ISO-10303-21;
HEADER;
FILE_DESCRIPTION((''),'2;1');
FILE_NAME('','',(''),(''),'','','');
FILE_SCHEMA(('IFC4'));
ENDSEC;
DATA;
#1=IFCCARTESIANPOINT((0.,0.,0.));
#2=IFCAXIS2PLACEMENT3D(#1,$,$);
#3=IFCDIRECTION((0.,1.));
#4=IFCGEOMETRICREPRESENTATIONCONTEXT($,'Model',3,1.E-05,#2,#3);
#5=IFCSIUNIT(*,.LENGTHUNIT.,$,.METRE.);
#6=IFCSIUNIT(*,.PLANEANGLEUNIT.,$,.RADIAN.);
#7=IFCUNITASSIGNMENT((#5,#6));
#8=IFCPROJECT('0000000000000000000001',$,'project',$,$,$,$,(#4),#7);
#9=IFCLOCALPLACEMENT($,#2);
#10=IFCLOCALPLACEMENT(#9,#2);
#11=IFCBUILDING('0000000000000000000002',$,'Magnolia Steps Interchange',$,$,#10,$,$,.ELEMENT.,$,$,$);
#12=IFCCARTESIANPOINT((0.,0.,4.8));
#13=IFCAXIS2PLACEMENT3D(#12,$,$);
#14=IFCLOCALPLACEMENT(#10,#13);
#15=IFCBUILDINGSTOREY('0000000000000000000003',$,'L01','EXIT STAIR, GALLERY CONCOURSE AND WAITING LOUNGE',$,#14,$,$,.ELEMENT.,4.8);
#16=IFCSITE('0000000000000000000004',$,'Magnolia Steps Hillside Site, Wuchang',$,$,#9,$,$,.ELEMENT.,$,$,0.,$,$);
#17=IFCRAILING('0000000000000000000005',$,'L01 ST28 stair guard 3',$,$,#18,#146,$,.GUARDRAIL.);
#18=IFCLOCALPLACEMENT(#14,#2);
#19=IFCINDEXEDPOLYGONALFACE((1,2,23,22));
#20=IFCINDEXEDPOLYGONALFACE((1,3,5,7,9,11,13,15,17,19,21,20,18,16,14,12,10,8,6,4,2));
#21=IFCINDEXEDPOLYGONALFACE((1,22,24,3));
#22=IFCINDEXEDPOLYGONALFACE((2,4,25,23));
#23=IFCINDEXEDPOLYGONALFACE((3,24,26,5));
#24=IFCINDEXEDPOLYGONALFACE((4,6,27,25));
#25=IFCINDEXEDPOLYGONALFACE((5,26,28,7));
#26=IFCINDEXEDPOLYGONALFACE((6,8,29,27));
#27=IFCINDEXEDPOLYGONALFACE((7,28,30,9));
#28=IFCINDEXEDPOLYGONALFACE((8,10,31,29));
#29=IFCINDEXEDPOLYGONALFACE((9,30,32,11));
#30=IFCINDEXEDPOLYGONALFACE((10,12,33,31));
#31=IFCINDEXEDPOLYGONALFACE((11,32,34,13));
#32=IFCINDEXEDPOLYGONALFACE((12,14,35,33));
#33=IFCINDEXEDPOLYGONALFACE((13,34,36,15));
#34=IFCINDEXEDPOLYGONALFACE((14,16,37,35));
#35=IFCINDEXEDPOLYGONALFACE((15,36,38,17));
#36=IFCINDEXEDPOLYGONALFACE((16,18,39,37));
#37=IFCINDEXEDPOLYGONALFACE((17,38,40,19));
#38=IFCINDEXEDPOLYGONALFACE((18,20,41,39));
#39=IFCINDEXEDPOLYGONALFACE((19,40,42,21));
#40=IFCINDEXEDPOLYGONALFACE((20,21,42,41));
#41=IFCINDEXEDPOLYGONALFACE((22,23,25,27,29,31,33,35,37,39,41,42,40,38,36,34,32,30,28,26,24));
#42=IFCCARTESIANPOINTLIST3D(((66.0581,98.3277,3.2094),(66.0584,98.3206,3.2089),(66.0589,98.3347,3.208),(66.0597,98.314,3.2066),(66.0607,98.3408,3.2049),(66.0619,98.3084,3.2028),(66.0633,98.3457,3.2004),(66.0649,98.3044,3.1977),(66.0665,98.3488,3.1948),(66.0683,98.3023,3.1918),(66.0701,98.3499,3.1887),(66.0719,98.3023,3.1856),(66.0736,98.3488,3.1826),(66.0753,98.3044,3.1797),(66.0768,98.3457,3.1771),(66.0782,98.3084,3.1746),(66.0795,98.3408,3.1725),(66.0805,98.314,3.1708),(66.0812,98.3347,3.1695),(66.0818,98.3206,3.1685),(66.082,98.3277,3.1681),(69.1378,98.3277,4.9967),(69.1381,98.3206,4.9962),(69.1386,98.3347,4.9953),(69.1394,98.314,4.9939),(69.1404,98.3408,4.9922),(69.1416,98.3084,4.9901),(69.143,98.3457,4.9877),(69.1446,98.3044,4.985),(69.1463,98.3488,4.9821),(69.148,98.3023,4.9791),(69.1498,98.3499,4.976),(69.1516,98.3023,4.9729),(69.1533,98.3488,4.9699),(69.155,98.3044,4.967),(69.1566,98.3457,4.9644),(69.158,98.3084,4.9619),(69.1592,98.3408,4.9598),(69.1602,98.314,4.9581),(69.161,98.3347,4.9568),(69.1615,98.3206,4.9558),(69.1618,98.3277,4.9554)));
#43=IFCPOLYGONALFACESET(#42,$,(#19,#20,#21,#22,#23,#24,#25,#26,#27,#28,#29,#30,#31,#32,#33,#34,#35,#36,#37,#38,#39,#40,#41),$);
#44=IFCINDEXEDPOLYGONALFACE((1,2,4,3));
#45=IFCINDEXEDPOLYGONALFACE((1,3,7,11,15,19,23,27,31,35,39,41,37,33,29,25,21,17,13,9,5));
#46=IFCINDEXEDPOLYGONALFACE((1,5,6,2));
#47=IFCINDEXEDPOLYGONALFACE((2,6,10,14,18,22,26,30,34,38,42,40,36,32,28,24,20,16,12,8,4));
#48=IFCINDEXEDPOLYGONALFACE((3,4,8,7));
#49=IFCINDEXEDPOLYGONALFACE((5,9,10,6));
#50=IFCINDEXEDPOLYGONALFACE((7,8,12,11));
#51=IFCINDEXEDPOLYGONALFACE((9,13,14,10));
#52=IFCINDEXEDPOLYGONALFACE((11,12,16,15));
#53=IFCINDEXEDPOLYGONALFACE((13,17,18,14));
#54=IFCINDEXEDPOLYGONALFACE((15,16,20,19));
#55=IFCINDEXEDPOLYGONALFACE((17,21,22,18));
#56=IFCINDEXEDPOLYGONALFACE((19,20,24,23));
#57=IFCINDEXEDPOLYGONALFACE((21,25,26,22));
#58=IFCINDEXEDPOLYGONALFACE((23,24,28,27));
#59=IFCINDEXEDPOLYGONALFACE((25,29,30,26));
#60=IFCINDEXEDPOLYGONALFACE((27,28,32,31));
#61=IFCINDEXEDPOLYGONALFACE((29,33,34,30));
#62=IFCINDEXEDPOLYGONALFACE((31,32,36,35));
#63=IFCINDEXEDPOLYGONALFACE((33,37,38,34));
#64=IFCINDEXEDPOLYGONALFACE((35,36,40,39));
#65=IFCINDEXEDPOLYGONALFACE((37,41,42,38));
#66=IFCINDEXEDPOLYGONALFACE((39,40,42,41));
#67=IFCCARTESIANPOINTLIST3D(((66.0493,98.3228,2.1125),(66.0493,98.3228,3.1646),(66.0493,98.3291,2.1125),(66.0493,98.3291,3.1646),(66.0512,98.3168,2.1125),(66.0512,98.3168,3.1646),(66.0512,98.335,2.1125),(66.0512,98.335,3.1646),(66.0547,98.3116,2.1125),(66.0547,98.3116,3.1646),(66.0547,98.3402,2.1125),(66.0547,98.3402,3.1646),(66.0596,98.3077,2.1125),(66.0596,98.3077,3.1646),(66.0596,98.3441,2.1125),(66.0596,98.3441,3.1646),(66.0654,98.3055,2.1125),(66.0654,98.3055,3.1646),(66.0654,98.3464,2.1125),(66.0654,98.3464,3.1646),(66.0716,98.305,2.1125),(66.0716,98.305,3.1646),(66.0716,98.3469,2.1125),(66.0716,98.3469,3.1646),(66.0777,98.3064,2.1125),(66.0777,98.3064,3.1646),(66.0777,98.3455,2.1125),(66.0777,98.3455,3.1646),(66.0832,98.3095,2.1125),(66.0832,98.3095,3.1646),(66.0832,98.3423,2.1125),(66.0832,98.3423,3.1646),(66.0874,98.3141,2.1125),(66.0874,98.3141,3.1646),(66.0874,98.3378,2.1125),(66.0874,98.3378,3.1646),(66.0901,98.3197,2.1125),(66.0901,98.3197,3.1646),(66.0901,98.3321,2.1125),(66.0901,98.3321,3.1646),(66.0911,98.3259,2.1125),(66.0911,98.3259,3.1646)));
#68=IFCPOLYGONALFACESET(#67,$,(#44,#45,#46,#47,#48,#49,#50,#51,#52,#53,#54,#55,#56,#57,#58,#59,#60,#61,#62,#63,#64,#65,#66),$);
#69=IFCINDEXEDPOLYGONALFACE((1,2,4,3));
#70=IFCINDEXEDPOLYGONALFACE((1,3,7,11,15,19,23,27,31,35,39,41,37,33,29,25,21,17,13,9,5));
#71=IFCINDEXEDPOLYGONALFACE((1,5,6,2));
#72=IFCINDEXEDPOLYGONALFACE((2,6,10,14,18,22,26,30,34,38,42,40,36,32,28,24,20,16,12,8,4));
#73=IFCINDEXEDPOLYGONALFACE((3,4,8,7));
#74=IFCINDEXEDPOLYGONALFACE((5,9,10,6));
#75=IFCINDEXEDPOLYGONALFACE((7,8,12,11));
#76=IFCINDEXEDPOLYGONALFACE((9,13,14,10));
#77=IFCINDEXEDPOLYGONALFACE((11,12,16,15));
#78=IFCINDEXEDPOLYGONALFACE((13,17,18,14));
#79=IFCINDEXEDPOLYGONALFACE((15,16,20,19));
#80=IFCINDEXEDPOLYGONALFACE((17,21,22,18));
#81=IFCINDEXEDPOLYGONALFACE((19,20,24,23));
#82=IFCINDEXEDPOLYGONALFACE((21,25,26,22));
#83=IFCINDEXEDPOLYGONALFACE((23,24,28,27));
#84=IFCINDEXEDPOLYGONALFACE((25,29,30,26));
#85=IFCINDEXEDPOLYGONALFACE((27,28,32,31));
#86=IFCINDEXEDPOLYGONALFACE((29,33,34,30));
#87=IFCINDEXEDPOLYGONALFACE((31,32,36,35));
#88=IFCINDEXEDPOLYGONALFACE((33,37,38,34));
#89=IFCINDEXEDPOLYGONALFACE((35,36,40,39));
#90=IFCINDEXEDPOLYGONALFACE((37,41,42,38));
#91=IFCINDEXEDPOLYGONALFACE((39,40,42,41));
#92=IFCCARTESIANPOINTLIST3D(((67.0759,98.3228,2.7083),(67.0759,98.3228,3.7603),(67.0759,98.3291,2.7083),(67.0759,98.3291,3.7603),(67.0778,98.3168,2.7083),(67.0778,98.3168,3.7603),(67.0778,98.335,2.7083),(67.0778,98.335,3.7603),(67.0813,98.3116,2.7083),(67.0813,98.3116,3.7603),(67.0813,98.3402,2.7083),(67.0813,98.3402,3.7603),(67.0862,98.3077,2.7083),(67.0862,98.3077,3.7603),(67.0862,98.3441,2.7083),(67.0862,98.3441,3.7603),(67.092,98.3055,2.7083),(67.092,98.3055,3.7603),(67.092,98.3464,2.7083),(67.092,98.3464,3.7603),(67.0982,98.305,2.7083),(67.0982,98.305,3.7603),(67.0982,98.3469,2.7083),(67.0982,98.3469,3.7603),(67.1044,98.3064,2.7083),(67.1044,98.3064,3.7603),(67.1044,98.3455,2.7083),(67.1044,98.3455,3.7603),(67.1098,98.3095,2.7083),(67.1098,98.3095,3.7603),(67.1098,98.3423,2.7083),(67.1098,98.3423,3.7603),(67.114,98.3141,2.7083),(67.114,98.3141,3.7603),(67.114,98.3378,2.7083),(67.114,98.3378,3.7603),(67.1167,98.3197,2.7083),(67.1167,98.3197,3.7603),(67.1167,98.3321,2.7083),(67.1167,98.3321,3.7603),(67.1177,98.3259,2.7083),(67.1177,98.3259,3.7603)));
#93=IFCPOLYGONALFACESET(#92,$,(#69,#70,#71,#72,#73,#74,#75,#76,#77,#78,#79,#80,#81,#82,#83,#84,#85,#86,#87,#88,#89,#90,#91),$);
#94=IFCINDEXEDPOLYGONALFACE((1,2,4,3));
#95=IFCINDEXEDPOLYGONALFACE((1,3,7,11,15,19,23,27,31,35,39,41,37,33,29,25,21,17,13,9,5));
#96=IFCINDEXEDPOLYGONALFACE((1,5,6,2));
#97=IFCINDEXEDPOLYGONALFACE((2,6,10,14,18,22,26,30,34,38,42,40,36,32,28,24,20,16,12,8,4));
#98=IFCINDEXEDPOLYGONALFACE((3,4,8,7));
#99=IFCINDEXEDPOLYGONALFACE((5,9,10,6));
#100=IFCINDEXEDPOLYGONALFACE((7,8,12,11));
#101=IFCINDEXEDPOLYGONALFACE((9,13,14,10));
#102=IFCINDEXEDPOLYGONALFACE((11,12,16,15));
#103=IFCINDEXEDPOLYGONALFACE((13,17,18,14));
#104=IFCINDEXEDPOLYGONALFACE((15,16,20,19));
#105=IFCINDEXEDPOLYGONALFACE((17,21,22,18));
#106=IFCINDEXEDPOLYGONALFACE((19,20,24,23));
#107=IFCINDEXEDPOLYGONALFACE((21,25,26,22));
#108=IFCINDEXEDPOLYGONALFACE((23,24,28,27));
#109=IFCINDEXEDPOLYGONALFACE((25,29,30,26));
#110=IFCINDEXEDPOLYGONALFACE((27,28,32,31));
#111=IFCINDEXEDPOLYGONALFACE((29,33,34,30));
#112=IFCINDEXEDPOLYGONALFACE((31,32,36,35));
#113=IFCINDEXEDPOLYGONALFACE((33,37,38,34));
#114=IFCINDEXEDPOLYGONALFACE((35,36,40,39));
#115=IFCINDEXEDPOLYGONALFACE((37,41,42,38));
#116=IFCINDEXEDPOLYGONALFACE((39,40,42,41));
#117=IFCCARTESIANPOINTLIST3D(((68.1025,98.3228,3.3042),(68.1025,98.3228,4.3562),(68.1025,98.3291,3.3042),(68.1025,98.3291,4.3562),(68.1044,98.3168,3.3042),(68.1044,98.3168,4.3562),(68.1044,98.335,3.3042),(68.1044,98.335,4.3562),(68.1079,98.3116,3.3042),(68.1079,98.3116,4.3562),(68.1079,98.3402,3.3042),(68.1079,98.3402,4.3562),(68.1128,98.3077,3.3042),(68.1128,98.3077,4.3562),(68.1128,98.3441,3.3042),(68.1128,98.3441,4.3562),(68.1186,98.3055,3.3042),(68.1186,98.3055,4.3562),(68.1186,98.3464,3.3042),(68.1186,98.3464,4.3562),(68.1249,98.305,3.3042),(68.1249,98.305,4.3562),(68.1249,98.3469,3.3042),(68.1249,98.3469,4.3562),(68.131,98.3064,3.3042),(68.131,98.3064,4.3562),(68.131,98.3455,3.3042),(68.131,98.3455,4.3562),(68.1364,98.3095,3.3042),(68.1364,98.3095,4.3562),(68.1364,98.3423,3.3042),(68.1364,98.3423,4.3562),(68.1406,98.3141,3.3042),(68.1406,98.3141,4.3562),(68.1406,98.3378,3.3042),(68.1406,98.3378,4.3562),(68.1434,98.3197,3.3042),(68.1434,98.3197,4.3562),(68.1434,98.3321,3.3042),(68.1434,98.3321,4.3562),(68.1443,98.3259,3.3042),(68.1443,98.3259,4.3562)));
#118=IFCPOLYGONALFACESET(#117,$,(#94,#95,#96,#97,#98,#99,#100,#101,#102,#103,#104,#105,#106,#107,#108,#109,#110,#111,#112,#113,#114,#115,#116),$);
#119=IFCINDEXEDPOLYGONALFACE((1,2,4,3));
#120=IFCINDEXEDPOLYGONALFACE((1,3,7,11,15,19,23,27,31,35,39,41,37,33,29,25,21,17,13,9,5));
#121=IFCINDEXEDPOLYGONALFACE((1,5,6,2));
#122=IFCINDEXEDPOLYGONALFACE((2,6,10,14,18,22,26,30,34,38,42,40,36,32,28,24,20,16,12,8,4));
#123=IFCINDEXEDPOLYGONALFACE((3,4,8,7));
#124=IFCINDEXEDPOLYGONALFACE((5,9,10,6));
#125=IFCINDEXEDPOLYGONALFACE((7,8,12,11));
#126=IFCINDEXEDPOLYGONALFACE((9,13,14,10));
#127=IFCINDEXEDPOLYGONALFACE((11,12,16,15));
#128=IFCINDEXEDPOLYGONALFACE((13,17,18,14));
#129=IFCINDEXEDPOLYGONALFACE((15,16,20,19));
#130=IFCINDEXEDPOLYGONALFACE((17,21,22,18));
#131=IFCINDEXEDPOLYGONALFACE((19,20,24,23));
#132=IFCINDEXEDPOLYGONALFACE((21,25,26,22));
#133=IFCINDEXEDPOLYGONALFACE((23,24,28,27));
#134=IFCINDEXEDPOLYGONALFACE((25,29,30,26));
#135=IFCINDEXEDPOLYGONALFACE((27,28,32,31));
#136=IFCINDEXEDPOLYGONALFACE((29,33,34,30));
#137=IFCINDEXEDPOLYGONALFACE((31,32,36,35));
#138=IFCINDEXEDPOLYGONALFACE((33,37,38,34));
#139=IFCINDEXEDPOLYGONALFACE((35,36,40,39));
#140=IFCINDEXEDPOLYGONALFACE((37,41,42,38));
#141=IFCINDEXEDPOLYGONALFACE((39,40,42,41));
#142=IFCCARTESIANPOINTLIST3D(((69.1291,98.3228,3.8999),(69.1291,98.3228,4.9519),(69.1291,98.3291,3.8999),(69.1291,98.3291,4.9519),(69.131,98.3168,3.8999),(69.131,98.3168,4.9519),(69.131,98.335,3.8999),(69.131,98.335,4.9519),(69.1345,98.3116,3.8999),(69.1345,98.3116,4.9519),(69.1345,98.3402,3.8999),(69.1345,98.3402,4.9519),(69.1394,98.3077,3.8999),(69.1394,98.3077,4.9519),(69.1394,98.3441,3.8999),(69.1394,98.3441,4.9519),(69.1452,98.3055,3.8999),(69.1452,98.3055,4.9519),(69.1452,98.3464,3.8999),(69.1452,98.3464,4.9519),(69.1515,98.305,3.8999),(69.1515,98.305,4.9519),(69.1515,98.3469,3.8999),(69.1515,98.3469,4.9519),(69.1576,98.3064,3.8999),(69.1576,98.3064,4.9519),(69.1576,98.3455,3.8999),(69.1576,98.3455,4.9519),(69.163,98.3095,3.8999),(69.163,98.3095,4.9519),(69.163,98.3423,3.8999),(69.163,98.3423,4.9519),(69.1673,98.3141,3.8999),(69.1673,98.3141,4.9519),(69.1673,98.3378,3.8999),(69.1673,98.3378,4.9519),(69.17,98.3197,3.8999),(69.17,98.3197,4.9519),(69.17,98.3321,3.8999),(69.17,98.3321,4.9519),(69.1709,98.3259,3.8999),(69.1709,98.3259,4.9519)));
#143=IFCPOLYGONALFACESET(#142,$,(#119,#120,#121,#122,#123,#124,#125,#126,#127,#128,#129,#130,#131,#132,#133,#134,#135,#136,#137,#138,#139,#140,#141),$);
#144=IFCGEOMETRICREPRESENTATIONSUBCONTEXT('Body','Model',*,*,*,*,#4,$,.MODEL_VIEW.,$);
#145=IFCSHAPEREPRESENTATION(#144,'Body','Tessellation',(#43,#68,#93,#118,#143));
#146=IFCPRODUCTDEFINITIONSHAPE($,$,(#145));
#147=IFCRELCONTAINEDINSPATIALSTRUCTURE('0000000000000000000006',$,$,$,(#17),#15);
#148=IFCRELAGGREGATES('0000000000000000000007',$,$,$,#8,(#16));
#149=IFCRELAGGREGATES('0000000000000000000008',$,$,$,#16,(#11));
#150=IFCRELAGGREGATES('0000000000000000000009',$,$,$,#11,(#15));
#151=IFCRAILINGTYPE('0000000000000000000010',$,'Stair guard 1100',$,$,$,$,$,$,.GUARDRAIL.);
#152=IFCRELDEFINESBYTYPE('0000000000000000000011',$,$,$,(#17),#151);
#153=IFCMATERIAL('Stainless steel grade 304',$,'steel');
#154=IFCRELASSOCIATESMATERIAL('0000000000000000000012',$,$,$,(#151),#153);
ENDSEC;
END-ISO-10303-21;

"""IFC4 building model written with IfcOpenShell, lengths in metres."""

from ifc_helpers import new_model, si_unit, direction, frame, origin, origin_2d, place, context, subcontext, project, spatial, circle, extrude, material, type_object, element, save


model = new_model("IFC4")

# Units and contexts
model_context = context("Model", 3, precision=1e-05, world=origin(), true_north=direction((0.0, 1.0)))
body_context = subcontext(model_context, "Body", "Model", "MODEL_VIEW")
ifc_project = project(units=[si_unit("LENGTHUNIT", "METRE"), si_unit("PLANEANGLEUNIT", "RADIAN")], contexts=[model_context])

# Site, building, storey
site_placement = place(None, origin())
site = spatial("IfcSite", under=ifc_project, at=site_placement, Name="Magnolia Steps Hillside Site, Wuchang", CompositionType="ELEMENT", RefElevation=0.0)
building_placement = place(site_placement, origin())
building = spatial("IfcBuilding", under=site, at=building_placement, Name="Magnolia Steps Interchange", CompositionType="ELEMENT")
storey_placement = place(building_placement, frame((0.0, 0.0, 4.8)))
storey = spatial("IfcBuildingStorey", under=building, at=storey_placement, Name="L01", Description="EXIT STAIR, GALLERY CONCOURSE AND WAITING LOUNGE", CompositionType="ELEMENT", Elevation=4.8)

# Railing
ifc_material_1 = material(Name="Stainless steel grade 304", Category="steel")
railing_type_1 = type_object("IfcRailingType", Name="Stair guard 1100", PredefinedType="GUARDRAIL", material=ifc_material_1)
railing_1_placement = place(storey_placement, frame((66.0701, 98.3259, 2.1125)))
element("IfcRailing", 1, at=railing_1_placement, inside=storey, type_object=railing_type_1, Name="L01 ST28 stair guard 3", PredefinedType="GUARDRAIL", context=body_context, shape_type="SweptSolid", body=[
    extrude(circle(Radius=0.0239, at=origin_2d()), frame((0.0, 0.0, 1.0762), z_axis=(0.864903, 0.0, 0.501939), x_axis=(0.0, 1.0, 0.0)), (0.0, 0.0, 1.0), 3.5608),
    extrude(circle(Radius=0.021, at=origin_2d()), origin(), (0.0, 0.0, 1.0), 1.052),
    extrude(circle(Radius=0.021, at=origin_2d()), frame((1.0266, 0.0, 0.5957)), (0.0, 0.0, 1.0), 1.052),
    extrude(circle(Radius=0.021, at=origin_2d()), frame((2.0532, 0.0, 1.1917)), (0.0, 0.0, 1.0), 1.052),
    extrude(circle(Radius=0.021, at=origin_2d()), frame((3.0798, 0.0, 1.7874)), (0.0, 0.0, 1.0), 1.052),
])

save(model, "model.ifc")
